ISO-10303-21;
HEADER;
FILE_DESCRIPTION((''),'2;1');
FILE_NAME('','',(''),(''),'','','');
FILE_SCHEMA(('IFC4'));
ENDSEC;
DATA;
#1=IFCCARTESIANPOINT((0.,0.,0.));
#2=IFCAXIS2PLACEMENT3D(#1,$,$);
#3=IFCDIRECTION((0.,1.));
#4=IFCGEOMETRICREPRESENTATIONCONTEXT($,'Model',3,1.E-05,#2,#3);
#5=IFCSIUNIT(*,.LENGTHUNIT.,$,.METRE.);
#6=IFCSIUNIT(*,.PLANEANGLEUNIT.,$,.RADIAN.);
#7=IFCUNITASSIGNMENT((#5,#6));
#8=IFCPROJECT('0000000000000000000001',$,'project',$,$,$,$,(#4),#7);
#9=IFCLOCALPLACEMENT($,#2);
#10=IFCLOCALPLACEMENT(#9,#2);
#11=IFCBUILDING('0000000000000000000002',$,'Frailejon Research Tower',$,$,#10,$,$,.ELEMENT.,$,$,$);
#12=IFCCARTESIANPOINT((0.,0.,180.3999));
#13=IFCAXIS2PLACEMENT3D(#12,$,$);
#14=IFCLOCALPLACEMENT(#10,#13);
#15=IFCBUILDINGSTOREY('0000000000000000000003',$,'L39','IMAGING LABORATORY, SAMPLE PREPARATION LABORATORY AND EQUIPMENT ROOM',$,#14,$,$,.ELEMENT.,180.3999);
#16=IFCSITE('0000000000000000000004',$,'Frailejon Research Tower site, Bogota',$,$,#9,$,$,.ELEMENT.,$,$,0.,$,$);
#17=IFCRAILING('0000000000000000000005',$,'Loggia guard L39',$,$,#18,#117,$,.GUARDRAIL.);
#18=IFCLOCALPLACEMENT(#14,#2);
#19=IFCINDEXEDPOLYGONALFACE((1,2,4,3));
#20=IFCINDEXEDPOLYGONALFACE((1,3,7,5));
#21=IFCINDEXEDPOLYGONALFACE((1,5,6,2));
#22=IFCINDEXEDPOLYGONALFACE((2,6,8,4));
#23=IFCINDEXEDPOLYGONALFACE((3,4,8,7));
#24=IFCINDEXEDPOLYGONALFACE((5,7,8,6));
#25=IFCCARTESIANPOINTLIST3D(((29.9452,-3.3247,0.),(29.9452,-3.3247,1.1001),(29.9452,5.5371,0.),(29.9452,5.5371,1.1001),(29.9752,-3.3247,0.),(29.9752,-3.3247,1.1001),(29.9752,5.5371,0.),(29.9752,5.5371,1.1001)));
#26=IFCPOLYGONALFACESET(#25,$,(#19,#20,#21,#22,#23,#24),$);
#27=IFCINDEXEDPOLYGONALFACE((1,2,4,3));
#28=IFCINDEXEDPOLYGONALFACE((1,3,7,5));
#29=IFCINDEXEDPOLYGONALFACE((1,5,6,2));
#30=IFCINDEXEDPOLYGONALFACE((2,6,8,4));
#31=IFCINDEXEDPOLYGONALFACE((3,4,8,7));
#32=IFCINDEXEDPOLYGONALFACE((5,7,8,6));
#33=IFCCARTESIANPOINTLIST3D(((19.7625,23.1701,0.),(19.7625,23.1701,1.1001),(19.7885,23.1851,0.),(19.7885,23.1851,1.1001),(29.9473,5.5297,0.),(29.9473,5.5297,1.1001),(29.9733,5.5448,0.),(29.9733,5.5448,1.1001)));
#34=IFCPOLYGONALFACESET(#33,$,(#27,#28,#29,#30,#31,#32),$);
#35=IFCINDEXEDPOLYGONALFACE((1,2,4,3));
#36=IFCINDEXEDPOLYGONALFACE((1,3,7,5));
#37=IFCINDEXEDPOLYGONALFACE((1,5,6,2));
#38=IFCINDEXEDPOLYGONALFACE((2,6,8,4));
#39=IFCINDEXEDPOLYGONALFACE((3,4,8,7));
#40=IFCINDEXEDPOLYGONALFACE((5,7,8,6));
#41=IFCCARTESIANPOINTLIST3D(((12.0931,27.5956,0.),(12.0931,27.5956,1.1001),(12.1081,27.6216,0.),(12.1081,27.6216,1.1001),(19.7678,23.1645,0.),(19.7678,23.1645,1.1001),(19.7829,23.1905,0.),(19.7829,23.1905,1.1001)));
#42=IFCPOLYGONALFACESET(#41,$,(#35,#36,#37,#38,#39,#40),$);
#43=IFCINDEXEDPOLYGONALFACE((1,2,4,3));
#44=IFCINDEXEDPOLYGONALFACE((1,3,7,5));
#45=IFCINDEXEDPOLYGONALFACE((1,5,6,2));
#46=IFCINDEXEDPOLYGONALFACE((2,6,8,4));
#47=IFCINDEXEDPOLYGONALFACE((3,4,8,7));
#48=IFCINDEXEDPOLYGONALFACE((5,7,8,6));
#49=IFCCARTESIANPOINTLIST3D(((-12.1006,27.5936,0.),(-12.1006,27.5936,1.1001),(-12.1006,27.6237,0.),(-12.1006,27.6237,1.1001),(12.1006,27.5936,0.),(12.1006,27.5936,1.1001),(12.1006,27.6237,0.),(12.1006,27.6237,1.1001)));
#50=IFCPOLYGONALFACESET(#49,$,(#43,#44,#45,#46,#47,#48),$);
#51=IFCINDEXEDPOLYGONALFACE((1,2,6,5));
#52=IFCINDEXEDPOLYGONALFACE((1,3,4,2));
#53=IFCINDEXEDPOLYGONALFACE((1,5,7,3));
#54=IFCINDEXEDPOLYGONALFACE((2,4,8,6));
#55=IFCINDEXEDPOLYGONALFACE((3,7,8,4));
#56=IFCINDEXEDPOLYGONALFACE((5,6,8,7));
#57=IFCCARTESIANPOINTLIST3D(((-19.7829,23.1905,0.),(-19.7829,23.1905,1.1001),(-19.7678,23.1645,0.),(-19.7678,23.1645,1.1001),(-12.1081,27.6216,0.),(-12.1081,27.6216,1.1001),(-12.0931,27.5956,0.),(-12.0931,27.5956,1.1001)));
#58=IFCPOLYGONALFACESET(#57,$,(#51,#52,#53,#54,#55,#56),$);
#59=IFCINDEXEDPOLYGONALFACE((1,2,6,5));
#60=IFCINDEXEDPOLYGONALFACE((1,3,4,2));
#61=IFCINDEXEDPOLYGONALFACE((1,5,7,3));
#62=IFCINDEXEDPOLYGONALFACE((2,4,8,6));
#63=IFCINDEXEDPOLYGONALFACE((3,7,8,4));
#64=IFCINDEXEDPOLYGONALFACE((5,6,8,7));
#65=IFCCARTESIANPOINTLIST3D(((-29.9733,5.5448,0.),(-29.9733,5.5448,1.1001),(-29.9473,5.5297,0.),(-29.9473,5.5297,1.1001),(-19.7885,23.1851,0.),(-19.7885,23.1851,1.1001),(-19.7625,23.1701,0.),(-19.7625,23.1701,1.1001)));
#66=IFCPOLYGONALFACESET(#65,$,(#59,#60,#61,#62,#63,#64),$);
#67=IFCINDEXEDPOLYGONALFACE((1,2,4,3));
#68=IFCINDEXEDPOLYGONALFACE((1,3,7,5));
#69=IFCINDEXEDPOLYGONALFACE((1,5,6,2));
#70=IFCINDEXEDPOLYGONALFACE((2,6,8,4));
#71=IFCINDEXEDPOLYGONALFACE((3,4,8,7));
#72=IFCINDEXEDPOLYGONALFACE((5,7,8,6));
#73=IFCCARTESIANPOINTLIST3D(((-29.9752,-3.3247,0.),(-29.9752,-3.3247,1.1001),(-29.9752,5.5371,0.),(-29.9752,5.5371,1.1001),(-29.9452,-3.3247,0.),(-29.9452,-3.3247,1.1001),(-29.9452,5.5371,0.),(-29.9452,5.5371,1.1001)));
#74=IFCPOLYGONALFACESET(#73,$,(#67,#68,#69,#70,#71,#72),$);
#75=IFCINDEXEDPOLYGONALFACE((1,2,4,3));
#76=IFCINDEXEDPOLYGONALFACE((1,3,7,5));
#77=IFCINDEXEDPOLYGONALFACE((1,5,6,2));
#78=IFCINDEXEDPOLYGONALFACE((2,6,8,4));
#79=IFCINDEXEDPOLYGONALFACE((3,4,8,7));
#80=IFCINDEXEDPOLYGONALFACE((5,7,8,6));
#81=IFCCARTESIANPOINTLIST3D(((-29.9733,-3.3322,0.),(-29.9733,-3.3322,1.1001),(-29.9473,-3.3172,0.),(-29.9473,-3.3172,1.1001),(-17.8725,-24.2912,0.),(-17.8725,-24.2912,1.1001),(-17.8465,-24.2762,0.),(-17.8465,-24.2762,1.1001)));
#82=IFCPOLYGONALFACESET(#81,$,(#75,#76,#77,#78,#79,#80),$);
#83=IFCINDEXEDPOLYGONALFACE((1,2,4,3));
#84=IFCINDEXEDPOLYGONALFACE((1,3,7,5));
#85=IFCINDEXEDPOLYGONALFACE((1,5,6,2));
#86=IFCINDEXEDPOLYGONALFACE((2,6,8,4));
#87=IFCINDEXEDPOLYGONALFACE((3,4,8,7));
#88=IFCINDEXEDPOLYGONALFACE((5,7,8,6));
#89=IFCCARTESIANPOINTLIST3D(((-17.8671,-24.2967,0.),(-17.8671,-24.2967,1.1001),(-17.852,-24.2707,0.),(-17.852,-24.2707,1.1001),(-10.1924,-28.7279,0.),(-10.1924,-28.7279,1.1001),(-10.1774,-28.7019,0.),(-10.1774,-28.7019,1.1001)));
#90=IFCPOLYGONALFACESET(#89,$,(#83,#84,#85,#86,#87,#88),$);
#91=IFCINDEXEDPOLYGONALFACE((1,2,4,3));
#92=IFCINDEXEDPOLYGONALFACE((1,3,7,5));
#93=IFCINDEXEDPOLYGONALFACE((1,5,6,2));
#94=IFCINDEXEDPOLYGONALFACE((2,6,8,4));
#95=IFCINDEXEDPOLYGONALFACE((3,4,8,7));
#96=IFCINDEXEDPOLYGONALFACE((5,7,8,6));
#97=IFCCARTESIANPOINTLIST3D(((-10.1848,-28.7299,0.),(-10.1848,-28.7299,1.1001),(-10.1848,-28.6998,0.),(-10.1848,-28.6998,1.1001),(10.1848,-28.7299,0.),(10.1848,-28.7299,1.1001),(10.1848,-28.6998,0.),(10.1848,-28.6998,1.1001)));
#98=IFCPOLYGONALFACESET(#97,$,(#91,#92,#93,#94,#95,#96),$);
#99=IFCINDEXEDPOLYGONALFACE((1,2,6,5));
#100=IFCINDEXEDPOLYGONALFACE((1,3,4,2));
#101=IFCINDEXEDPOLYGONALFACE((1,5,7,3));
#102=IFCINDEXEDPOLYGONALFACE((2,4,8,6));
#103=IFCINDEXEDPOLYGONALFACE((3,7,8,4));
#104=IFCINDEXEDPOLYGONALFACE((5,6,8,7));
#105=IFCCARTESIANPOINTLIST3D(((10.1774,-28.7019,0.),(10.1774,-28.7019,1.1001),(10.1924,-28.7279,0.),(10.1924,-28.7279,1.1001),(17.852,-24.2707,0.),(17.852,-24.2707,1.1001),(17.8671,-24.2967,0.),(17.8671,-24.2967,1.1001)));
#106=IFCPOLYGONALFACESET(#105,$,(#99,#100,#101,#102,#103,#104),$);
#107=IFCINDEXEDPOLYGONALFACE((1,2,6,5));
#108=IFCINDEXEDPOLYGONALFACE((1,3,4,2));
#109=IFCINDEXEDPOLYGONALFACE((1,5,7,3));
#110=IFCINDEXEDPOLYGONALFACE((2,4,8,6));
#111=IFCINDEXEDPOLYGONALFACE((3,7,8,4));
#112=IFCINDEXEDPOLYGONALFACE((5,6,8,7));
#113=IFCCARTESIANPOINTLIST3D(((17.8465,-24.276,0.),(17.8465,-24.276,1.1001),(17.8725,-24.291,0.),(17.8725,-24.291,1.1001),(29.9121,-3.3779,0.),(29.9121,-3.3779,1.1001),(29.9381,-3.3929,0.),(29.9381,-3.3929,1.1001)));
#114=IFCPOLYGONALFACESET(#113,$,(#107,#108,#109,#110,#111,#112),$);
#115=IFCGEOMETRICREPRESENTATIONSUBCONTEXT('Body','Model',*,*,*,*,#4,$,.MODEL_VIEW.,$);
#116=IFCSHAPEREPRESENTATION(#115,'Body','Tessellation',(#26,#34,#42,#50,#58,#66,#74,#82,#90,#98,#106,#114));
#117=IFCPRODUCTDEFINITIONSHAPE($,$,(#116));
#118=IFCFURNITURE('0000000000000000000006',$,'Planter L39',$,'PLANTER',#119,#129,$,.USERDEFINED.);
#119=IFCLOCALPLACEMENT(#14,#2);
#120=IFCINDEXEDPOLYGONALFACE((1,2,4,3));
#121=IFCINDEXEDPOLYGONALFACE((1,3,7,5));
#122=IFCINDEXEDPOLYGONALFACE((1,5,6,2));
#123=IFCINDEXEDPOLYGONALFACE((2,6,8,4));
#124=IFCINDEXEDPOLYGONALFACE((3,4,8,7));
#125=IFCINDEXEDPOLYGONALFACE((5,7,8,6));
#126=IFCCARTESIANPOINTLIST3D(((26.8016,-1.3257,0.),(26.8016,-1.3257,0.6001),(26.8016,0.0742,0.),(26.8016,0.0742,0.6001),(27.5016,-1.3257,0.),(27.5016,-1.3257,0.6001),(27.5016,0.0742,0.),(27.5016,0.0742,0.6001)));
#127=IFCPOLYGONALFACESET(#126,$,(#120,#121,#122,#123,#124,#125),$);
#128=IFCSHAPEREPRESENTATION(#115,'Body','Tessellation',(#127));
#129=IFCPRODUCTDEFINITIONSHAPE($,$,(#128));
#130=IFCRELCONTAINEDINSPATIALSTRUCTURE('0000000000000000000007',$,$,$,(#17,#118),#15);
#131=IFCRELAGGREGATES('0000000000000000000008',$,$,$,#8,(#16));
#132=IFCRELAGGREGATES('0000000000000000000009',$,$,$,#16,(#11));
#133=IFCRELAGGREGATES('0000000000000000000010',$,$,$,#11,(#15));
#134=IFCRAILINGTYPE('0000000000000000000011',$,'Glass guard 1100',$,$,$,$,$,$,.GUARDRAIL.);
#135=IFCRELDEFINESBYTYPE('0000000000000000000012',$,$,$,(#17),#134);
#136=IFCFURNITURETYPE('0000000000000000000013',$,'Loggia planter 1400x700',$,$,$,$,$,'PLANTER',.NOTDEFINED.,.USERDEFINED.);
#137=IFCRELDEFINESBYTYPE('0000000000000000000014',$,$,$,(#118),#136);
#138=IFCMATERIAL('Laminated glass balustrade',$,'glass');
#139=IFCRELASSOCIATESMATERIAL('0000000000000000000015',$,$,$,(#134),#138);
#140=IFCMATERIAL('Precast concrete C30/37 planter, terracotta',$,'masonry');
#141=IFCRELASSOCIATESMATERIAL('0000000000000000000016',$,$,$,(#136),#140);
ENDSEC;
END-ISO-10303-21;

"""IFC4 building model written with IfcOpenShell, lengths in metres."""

from ifc_helpers import new_model, si_unit, direction, frame, origin, origin_2d, place, context, subcontext, project, spatial, rectangle, extrude, material, type_object, element, save


model = new_model("IFC4")

# Units and contexts
model_context = context("Model", 3, precision=1e-05, world=origin(), true_north=direction((0.0, 1.0)))
body_context = subcontext(model_context, "Body", "Model", "MODEL_VIEW")
ifc_project = project(units=[si_unit("LENGTHUNIT", "METRE"), si_unit("PLANEANGLEUNIT", "RADIAN")], contexts=[model_context])

# Site, building, storey
site_placement = place(None, origin())
site = spatial("IfcSite", under=ifc_project, at=site_placement, Name="Frailejon Research Tower site, Bogota", CompositionType="ELEMENT", RefElevation=0.0)
building_placement = place(site_placement, origin())
building = spatial("IfcBuilding", under=site, at=building_placement, Name="Frailejon Research Tower", CompositionType="ELEMENT")
storey_placement = place(building_placement, frame((0.0, 0.0, 180.3999)))
storey = spatial("IfcBuildingStorey", under=building, at=storey_placement, Name="L39", Description="IMAGING LABORATORY, SAMPLE PREPARATION LABORATORY AND EQUIPMENT ROOM", CompositionType="ELEMENT", Elevation=180.3999)

# Railing
ifc_material_1 = material(Name="Laminated glass balustrade", Category="glass")
railing_type = type_object("IfcRailingType", Name="Glass guard 1100", PredefinedType="GUARDRAIL", material=ifc_material_1)
railing_placement = place(storey_placement, frame((29.9602, -3.3247, 0.0)))
element("IfcRailing", 1, at=railing_placement, inside=storey, type_object=railing_type, Name="Loggia guard L39", PredefinedType="GUARDRAIL", context=body_context, shape_type="SweptSolid", body=[
    extrude(rectangle(XDim=8.8618, YDim=0.03, at=origin_2d()), frame((0.0, 4.4309, 0.0), z_axis=(0.0, 0.0, 1.0), x_axis=(0.0, 1.0, 0.0)), (0.0, 0.0, 1.0), 1.1001),
    extrude(rectangle(XDim=20.3694, YDim=0.03, at=origin_2d()), frame((-5.0923, 17.6821, 0.0), z_axis=(0.0, 0.0, 1.0), x_axis=(-0.500005, 0.866023, 0.0)), (0.0, 0.0, 1.0), 1.1001),
    extrude(rectangle(XDim=8.8621, YDim=0.03, at=origin_2d()), frame((-14.0222, 28.7178, 0.0), z_axis=(0.0, 0.0, 1.0), x_axis=(-0.86602, 0.500009, 0.0)), (0.0, 0.0, 1.0), 1.1001),
    extrude(rectangle(XDim=24.2012, YDim=0.03, at=origin_2d()), frame((-29.9602, 30.9333, 0.0), z_axis=(0.0, 0.0, 1.0), x_axis=(-1.0, 0.0, 0.0)), (0.0, 0.0, 1.0), 1.1001),
    extrude(rectangle(XDim=8.8621, YDim=0.03, at=origin_2d()), frame((-45.8982, 28.7178, 0.0), z_axis=(0.0, 0.0, 1.0), x_axis=(-0.86602, -0.500009, 0.0)), (0.0, 0.0, 1.0), 1.1001),
    extrude(rectangle(XDim=20.3694, YDim=0.03, at=origin_2d()), frame((-54.8281, 17.6821, 0.0), z_axis=(0.0, 0.0, 1.0), x_axis=(-0.500005, -0.866023, 0.0)), (0.0, 0.0, 1.0), 1.1001),
    extrude(rectangle(XDim=8.8618, YDim=0.03, at=origin_2d()), frame((-59.9204, 4.4309, 0.0), z_axis=(0.0, 0.0, 1.0), x_axis=(0.0, -1.0, 0.0)), (0.0, 0.0, 1.0), 1.1001),
    extrude(rectangle(XDim=24.2014, YDim=0.03, at=origin_2d()), frame((-53.8701, -10.4795, 0.0), z_axis=(0.0, 0.0, 1.0), x_axis=(0.500005, -0.866023, 0.0)), (0.0, 0.0, 1.0), 1.1001),
    extrude(rectangle(XDim=8.8621, YDim=0.03, at=origin_2d()), frame((-43.9824, -23.1746, 0.0), z_axis=(0.0, 0.0, 1.0), x_axis=(0.866014, -0.500021, 0.0)), (0.0, 0.0, 1.0), 1.1001),
    extrude(rectangle(XDim=20.3696, YDim=0.03, at=origin_2d()), frame((-29.9602, -25.3901, 0.0), z_axis=(0.0, 0.0, 1.0), x_axis=(1.0, 0.0, 0.0)), (0.0, 0.0, 1.0), 1.1001),
    extrude(rectangle(XDim=8.8621, YDim=0.03, at=origin_2d()), frame((-15.938, -23.1746, 0.0), z_axis=(0.0, 0.0, 1.0), x_axis=(0.866014, 0.500021, 0.0)), (0.0, 0.0, 1.0), 1.1001),
    extrude(rectangle(XDim=24.1311, YDim=0.03, at=origin_2d()), frame((-6.0679, -10.5098, 0.0), z_axis=(0.0, 0.0, 1.0), x_axis=(0.500003, 0.866024, 0.0)), (0.0, 0.0, 1.0), 1.1001),
])

# Furniture
ifc_material_2 = material(Name="Precast concrete C30/37 planter, terracotta", Category="masonry")
furniture_type = type_object("IfcFurnitureType", Name="Loggia planter 1400x700", ElementType="PLANTER", AssemblyPlace="NOTDEFINED", PredefinedType="USERDEFINED", material=ifc_material_2)
furniture_placement = place(storey_placement, frame((27.1516, -0.6257, 0.0), z_axis=(0.0, 0.0, 1.0), x_axis=(0.0, 1.0, 0.0)))
element("IfcFurniture", 2, at=furniture_placement, inside=storey, type_object=furniture_type, Name="Planter L39", ObjectType="PLANTER", PredefinedType="USERDEFINED", context=body_context, shape_type="SweptSolid", body=[
    extrude(rectangle(XDim=1.3999, YDim=0.7, at=origin_2d()), origin(), (0.0, 0.0, 1.0), 0.6001),
])

save(model, "model.ifc")
